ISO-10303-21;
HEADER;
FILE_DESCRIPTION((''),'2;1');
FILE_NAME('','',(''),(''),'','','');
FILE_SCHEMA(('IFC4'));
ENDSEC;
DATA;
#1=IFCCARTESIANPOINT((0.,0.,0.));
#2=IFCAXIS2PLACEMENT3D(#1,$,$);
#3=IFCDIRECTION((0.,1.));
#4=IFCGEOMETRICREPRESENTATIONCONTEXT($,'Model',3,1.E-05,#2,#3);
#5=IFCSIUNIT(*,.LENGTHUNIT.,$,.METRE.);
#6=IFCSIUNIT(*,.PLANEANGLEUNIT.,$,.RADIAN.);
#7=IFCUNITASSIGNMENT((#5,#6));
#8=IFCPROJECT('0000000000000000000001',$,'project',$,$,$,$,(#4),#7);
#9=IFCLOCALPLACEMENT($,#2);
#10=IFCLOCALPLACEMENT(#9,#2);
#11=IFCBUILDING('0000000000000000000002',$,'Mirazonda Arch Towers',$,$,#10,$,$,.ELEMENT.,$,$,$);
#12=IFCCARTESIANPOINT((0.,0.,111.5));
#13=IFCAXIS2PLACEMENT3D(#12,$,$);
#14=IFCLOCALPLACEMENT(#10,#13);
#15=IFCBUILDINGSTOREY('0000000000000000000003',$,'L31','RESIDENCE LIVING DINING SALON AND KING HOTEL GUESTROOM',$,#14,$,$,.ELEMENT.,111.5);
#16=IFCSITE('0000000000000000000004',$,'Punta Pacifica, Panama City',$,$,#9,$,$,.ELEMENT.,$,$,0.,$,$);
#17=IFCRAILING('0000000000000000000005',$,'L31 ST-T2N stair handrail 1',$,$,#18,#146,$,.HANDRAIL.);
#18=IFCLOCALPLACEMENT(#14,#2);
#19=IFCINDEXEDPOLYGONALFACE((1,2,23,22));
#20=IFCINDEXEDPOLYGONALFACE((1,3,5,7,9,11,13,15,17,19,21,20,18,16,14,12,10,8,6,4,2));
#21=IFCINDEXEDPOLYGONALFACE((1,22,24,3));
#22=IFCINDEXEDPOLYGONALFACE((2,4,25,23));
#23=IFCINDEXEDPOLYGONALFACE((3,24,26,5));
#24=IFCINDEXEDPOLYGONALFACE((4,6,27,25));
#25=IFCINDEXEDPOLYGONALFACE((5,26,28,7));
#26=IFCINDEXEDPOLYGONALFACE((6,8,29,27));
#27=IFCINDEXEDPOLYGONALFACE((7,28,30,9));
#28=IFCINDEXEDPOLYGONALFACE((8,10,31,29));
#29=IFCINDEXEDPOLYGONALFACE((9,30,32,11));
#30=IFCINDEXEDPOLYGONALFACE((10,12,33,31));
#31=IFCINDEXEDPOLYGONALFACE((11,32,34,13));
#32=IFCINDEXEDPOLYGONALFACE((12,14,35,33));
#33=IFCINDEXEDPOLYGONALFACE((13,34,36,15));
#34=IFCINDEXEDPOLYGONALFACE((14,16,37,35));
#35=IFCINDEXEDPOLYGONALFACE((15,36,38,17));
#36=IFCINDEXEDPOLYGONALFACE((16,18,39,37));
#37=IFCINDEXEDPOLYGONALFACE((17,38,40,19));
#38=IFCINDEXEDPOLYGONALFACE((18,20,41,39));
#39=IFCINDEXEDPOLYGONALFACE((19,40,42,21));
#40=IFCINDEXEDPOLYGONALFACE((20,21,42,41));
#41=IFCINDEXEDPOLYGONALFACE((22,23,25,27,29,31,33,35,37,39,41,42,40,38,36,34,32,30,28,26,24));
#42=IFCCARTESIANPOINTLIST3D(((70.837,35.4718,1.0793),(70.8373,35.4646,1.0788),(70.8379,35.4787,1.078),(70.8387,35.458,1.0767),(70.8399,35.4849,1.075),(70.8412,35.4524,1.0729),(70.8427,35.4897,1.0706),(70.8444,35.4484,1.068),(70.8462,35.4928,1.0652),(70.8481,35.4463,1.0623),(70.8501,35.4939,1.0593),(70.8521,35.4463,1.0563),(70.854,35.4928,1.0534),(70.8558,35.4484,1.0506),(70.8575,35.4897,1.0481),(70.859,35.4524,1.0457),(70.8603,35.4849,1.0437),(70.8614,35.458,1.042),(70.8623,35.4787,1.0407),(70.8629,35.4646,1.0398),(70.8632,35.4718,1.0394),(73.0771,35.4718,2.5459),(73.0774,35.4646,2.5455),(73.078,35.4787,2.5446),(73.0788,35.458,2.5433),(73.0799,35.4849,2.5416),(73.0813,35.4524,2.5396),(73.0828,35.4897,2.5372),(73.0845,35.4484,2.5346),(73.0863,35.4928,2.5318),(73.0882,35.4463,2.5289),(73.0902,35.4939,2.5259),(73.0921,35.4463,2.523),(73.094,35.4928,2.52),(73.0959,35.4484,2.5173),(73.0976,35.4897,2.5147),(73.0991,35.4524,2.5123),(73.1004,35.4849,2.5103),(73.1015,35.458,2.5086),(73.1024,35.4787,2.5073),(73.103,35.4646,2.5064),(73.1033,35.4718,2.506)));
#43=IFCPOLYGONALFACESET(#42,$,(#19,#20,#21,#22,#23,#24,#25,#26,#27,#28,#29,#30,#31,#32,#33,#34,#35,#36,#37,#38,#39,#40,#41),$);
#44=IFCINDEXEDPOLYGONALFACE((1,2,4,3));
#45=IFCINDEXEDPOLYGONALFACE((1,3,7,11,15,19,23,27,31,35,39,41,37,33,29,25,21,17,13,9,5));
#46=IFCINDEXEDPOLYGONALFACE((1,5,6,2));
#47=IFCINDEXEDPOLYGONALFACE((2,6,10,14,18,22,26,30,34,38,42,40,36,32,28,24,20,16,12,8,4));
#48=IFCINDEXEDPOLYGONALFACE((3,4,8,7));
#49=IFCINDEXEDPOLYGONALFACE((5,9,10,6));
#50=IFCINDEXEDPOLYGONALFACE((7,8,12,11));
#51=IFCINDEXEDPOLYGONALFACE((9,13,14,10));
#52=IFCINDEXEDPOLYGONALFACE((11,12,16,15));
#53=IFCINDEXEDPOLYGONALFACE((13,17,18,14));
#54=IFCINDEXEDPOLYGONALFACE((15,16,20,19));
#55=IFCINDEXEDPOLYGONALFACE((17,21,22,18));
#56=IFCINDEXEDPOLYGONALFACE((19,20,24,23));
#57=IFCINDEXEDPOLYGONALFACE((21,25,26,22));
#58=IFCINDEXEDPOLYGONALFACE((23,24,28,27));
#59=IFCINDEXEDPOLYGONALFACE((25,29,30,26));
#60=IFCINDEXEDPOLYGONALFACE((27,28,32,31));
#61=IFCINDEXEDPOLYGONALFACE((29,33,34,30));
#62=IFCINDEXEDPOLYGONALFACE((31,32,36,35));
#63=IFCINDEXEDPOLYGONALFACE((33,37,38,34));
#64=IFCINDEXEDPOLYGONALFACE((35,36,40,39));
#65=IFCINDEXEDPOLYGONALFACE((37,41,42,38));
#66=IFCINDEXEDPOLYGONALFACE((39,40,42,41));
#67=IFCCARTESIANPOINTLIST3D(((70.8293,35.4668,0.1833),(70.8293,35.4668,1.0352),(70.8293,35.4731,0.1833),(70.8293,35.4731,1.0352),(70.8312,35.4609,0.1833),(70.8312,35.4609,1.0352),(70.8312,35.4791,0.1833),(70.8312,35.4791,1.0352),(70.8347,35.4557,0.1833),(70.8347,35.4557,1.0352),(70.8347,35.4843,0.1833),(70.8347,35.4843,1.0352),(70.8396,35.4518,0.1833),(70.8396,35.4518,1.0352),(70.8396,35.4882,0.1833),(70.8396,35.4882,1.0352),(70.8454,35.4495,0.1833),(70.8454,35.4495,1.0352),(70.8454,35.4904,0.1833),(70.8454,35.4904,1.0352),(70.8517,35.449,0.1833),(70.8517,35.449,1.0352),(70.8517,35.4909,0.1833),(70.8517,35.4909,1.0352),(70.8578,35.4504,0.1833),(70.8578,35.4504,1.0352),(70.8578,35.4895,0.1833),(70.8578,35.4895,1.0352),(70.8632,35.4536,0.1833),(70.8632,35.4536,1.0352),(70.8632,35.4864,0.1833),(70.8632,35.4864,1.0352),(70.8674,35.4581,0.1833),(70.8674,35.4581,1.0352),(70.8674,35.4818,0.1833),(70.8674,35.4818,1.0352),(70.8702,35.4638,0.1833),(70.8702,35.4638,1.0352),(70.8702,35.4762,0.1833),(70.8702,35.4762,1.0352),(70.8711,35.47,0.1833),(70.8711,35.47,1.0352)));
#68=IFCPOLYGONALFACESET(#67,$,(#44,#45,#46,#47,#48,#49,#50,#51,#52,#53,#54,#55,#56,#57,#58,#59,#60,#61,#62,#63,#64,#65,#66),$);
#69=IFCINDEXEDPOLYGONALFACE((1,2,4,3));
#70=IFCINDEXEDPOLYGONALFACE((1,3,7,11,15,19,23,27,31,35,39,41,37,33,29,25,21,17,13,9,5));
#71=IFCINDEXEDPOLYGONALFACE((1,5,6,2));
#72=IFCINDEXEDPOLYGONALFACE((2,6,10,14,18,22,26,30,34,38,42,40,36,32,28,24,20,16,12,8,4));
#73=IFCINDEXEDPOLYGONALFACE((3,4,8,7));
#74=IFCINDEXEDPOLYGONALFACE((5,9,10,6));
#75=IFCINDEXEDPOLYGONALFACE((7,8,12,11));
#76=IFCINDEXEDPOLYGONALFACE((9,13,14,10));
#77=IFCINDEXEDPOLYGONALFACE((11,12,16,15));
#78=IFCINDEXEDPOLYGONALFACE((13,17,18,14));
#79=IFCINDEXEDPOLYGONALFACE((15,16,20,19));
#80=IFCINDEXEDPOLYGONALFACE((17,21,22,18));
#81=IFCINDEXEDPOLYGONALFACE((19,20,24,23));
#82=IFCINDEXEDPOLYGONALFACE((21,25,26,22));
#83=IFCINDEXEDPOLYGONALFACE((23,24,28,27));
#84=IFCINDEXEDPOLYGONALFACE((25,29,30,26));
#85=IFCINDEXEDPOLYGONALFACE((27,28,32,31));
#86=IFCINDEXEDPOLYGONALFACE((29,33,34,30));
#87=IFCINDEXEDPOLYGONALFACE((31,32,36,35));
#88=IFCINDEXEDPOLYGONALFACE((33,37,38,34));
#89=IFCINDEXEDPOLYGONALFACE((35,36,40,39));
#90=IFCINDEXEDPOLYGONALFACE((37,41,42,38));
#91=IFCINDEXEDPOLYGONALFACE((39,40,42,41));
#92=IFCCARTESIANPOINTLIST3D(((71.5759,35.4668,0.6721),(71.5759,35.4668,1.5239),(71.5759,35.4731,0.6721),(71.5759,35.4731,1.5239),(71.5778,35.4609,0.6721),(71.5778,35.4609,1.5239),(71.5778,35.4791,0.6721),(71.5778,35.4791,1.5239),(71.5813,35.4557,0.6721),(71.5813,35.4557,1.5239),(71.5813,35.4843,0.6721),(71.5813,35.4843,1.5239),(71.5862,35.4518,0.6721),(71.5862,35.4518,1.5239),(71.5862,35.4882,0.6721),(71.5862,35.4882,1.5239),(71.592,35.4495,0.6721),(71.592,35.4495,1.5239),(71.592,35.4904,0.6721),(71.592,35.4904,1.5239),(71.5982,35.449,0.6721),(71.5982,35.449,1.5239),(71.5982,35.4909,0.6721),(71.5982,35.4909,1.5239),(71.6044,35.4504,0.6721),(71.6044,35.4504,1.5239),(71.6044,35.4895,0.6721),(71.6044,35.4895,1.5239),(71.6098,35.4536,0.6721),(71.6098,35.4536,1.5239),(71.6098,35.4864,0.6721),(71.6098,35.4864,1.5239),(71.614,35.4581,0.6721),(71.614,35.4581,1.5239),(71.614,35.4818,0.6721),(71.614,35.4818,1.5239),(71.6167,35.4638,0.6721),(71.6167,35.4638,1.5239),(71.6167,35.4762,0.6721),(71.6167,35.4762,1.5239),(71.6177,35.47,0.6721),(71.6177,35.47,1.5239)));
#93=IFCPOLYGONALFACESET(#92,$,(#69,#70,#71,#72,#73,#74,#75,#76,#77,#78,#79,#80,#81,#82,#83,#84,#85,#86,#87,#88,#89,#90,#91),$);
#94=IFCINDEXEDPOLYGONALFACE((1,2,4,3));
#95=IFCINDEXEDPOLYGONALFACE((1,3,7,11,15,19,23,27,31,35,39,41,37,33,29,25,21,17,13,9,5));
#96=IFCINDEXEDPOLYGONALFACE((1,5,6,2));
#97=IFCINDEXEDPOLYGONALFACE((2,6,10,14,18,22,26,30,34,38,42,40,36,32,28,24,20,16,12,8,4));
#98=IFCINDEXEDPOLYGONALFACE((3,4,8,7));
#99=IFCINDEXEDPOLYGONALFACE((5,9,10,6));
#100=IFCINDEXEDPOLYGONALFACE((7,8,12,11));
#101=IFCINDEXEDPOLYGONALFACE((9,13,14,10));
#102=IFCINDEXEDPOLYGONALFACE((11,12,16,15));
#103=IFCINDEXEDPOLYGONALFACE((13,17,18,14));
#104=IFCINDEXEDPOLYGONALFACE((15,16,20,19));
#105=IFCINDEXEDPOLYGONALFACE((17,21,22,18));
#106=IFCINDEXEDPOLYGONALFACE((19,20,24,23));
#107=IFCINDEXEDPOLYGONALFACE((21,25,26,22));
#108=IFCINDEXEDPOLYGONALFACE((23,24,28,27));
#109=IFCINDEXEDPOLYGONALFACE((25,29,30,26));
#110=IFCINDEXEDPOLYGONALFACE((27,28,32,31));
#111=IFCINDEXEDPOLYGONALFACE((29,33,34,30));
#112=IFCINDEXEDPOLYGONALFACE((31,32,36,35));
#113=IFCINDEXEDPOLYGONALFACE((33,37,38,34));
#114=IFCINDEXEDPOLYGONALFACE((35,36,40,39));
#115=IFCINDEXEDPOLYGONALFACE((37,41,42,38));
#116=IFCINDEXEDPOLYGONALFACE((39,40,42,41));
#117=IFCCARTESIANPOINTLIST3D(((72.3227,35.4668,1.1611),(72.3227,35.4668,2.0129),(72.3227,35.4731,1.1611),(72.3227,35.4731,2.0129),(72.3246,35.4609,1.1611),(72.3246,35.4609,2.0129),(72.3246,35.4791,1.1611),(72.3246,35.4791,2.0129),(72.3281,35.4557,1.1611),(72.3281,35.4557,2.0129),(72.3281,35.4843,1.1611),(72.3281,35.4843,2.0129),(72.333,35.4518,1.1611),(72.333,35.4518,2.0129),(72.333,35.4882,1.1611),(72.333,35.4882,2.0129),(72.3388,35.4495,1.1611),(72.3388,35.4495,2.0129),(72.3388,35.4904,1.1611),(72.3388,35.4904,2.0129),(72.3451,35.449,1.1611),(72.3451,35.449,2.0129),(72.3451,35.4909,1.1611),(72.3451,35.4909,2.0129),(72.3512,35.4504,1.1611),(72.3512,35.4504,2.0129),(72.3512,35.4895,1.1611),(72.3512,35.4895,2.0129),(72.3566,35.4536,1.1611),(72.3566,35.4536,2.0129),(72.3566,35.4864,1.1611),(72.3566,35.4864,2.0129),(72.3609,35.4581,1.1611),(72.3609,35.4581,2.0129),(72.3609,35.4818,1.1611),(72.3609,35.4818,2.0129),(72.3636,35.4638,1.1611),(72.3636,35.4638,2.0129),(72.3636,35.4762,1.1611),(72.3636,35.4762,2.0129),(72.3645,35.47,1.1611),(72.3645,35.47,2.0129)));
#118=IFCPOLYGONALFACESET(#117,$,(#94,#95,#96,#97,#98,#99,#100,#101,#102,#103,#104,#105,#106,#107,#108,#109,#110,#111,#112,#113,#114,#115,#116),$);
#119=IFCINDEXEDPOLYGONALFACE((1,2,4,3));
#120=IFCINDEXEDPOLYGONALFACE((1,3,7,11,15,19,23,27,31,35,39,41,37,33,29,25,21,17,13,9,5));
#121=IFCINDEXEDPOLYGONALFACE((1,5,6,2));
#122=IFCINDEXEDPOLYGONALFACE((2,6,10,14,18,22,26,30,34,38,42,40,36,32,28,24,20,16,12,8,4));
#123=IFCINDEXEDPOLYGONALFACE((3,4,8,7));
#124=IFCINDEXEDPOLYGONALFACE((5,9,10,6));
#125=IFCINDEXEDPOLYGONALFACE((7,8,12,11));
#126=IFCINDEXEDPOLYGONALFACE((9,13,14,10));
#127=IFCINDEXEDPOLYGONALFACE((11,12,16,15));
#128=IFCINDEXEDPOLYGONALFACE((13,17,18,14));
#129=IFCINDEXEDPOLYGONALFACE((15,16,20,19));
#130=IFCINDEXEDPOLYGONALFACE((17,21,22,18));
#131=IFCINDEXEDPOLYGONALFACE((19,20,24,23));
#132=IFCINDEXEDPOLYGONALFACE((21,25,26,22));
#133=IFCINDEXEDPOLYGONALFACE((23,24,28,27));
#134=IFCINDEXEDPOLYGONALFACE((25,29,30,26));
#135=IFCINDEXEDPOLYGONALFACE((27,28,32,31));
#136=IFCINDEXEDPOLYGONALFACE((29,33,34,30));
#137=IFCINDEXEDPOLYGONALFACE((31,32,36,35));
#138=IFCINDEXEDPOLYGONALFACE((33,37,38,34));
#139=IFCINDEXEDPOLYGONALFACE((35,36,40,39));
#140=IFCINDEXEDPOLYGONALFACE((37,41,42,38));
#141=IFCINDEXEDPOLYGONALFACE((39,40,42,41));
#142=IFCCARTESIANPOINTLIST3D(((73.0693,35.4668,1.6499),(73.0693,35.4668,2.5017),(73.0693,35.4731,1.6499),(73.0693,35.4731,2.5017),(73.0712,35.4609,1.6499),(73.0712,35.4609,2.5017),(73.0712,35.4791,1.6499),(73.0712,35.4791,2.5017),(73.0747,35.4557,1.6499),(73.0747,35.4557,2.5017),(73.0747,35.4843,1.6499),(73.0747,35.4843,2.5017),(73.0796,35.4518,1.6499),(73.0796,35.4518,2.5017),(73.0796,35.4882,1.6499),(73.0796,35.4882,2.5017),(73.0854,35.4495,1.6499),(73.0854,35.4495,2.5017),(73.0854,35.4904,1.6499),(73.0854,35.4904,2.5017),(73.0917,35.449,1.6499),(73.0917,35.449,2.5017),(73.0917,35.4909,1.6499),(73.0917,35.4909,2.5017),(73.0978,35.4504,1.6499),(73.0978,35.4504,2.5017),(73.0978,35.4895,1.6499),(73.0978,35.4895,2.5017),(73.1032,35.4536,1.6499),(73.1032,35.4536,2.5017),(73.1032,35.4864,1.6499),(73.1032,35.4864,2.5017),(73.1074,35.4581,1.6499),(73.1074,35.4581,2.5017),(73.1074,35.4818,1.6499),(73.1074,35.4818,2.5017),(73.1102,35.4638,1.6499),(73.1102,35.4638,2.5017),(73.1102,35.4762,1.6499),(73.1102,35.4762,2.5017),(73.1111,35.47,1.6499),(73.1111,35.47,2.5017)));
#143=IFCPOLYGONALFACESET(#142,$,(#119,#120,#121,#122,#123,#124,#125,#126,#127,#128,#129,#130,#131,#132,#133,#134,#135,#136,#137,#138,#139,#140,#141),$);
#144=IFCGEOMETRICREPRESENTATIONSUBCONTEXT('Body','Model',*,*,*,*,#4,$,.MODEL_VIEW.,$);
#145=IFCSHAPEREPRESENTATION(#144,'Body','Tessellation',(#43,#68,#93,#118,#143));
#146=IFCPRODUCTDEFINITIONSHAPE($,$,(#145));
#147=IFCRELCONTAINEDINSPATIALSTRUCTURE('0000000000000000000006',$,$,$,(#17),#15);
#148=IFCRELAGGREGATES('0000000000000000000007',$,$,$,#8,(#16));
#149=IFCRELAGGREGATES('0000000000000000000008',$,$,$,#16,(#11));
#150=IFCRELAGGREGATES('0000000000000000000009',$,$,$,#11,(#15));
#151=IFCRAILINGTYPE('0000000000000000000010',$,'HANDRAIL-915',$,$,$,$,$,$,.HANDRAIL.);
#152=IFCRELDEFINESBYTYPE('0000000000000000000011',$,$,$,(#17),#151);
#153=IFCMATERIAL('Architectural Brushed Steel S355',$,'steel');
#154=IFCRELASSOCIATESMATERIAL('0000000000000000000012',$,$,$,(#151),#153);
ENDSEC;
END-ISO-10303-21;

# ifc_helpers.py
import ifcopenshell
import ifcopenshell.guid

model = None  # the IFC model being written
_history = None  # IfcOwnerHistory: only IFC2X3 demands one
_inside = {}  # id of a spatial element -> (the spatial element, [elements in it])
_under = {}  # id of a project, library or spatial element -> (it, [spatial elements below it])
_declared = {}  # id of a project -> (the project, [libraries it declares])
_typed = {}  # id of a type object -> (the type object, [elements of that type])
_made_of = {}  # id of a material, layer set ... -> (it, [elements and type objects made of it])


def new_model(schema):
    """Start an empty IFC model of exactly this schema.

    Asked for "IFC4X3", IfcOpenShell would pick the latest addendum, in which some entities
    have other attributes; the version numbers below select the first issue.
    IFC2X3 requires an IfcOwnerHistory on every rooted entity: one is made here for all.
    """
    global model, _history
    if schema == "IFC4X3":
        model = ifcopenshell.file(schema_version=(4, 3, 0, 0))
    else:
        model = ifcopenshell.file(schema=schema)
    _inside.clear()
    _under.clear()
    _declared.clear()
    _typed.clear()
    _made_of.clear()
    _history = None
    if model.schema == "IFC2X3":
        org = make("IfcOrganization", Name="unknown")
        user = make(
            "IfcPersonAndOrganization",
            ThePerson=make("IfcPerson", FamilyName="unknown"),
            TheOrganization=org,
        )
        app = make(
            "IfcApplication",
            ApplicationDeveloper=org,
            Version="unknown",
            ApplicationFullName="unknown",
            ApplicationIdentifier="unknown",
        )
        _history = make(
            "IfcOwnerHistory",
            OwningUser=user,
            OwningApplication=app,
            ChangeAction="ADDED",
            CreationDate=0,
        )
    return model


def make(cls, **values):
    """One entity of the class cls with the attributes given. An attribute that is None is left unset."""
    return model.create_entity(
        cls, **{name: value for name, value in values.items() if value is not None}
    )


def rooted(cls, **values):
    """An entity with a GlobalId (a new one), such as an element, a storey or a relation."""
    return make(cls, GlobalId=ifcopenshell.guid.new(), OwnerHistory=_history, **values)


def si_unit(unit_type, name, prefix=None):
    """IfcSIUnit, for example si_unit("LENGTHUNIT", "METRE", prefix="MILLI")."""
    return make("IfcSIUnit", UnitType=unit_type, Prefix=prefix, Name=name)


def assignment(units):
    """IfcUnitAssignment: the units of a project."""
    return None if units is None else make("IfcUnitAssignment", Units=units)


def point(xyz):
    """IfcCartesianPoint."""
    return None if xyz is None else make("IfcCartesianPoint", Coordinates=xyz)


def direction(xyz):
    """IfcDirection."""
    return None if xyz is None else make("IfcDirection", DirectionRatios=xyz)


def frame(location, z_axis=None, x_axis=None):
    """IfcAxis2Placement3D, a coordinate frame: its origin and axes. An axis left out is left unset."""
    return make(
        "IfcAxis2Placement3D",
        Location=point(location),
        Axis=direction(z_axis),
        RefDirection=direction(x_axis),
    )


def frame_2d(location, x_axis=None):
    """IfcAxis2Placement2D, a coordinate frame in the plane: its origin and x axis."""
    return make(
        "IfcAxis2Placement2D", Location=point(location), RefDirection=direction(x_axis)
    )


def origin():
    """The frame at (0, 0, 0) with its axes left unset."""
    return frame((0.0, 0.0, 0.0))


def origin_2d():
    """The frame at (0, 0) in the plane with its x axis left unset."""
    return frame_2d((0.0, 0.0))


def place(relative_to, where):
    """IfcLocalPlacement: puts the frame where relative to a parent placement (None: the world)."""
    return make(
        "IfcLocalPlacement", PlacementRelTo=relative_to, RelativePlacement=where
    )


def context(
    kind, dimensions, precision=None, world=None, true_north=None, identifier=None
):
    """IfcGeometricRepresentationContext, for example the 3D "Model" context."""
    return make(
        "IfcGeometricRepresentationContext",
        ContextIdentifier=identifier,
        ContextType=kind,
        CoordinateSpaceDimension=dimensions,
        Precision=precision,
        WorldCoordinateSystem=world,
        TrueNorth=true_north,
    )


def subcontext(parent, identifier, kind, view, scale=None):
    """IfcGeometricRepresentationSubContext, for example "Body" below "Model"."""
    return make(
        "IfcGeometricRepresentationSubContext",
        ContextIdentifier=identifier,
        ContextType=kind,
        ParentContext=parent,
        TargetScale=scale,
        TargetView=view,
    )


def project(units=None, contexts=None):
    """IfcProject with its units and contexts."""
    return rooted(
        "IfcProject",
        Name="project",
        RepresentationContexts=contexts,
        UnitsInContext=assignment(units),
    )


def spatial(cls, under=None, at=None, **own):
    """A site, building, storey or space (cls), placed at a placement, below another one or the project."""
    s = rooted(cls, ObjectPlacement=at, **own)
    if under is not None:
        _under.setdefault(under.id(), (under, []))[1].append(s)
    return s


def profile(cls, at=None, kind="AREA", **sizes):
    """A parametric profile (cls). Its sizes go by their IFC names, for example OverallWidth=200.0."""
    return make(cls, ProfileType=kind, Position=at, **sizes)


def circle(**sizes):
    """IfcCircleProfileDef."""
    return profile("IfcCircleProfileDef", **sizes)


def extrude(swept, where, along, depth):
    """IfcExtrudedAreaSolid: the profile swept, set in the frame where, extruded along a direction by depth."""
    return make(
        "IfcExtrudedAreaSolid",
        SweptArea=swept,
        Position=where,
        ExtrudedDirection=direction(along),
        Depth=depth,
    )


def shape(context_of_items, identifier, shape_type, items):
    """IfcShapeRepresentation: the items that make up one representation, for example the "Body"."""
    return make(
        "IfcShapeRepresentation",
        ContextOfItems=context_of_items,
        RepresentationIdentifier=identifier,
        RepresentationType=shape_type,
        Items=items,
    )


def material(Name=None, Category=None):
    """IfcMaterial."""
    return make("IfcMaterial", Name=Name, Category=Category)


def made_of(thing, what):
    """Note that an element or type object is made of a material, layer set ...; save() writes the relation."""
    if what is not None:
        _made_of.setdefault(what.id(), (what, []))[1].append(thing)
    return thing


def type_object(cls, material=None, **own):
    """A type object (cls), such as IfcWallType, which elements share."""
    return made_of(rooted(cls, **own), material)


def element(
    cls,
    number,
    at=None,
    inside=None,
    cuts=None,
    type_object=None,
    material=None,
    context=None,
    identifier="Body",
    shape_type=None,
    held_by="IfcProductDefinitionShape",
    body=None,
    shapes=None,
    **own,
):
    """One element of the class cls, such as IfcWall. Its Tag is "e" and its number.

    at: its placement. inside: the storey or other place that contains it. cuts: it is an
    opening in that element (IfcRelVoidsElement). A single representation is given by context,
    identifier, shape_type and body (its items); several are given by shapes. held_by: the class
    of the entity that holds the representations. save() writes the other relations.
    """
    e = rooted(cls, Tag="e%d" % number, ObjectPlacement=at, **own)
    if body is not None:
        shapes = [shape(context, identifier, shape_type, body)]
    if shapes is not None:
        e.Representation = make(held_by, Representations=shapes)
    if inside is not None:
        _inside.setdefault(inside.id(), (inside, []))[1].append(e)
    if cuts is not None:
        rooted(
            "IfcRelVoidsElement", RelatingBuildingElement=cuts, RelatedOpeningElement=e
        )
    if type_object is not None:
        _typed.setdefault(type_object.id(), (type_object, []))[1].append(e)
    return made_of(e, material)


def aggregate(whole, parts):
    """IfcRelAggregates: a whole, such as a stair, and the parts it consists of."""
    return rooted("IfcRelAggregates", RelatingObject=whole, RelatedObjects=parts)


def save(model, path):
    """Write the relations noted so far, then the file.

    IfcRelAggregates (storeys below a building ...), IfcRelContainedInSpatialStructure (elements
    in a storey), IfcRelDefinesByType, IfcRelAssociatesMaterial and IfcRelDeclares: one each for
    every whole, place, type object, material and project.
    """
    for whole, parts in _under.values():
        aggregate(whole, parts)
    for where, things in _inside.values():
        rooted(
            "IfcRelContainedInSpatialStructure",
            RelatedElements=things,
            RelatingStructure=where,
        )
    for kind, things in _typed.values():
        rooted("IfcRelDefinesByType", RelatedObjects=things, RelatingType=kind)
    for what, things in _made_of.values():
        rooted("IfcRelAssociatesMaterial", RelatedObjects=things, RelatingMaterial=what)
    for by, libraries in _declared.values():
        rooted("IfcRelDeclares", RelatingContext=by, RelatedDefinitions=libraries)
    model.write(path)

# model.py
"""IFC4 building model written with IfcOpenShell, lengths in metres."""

from ifc_helpers import new_model, si_unit, direction, frame, origin, origin_2d, place, context, subcontext, project, spatial, circle, extrude, material, type_object, element, save


model = new_model("IFC4")

# Units and contexts
model_context = context("Model", 3, precision=1e-05, world=origin(), true_north=direction((0.0, 1.0)))
body_context = subcontext(model_context, "Body", "Model", "MODEL_VIEW")
ifc_project = project(units=[si_unit("LENGTHUNIT", "METRE"), si_unit("PLANEANGLEUNIT", "RADIAN")], contexts=[model_context])

# Site, building, storey
site_placement = place(None, origin())
site = spatial("IfcSite", under=ifc_project, at=site_placement, Name="Punta Pacifica, Panama City", CompositionType="ELEMENT", RefElevation=0.0)
building_placement = place(site_placement, origin())
building = spatial("IfcBuilding", under=site, at=building_placement, Name="Mirazonda Arch Towers", CompositionType="ELEMENT")
storey_placement = place(building_placement, frame((0.0, 0.0, 111.5)))
storey = spatial("IfcBuildingStorey", under=building, at=storey_placement, Name="L31", Description="RESIDENCE LIVING DINING SALON AND KING HOTEL GUESTROOM", CompositionType="ELEMENT", Elevation=111.5)

# Shared definitions
ifc_material_1 = material(Name="Architectural Brushed Steel S355", Category="steel")

# Railing
railing_type = type_object("IfcRailingType", Name="HANDRAIL-915", PredefinedType="HANDRAIL", material=ifc_material_1)
railing_placement = place(storey_placement, frame((70.8501, 35.47, 0.1833)))
element("IfcRailing", 1, at=railing_placement, inside=storey, type_object=railing_type, Name="L31 ST-T2N stair handrail 1", PredefinedType="HANDRAIL", context=body_context, shape_type="SweptSolid", body=[
    extrude(circle(Radius=0.0239, at=origin_2d()), frame((0.0, 0.0, 0.876), z_axis=(0.836637, 0.0, 0.547758), x_axis=(0.0, 1.0, 0.0)), (0.0, 0.0, 1.0), 2.6775),
    extrude(circle(Radius=0.021, at=origin_2d()), origin(), (0.0, 0.0, 1.0), 0.8518),
    extrude(circle(Radius=0.021, at=origin_2d()), frame((0.7466, 0.0, 0.4888)), (0.0, 0.0, 1.0), 0.8518),
    extrude(circle(Radius=0.021, at=origin_2d()), frame((1.4934, 0.0, 0.9778)), (0.0, 0.0, 1.0), 0.8518),
    extrude(circle(Radius=0.021, at=origin_2d()), frame((2.24, 0.0, 1.4666)), (0.0, 0.0, 1.0), 0.8518),
])

save(model, "model.ifc")
